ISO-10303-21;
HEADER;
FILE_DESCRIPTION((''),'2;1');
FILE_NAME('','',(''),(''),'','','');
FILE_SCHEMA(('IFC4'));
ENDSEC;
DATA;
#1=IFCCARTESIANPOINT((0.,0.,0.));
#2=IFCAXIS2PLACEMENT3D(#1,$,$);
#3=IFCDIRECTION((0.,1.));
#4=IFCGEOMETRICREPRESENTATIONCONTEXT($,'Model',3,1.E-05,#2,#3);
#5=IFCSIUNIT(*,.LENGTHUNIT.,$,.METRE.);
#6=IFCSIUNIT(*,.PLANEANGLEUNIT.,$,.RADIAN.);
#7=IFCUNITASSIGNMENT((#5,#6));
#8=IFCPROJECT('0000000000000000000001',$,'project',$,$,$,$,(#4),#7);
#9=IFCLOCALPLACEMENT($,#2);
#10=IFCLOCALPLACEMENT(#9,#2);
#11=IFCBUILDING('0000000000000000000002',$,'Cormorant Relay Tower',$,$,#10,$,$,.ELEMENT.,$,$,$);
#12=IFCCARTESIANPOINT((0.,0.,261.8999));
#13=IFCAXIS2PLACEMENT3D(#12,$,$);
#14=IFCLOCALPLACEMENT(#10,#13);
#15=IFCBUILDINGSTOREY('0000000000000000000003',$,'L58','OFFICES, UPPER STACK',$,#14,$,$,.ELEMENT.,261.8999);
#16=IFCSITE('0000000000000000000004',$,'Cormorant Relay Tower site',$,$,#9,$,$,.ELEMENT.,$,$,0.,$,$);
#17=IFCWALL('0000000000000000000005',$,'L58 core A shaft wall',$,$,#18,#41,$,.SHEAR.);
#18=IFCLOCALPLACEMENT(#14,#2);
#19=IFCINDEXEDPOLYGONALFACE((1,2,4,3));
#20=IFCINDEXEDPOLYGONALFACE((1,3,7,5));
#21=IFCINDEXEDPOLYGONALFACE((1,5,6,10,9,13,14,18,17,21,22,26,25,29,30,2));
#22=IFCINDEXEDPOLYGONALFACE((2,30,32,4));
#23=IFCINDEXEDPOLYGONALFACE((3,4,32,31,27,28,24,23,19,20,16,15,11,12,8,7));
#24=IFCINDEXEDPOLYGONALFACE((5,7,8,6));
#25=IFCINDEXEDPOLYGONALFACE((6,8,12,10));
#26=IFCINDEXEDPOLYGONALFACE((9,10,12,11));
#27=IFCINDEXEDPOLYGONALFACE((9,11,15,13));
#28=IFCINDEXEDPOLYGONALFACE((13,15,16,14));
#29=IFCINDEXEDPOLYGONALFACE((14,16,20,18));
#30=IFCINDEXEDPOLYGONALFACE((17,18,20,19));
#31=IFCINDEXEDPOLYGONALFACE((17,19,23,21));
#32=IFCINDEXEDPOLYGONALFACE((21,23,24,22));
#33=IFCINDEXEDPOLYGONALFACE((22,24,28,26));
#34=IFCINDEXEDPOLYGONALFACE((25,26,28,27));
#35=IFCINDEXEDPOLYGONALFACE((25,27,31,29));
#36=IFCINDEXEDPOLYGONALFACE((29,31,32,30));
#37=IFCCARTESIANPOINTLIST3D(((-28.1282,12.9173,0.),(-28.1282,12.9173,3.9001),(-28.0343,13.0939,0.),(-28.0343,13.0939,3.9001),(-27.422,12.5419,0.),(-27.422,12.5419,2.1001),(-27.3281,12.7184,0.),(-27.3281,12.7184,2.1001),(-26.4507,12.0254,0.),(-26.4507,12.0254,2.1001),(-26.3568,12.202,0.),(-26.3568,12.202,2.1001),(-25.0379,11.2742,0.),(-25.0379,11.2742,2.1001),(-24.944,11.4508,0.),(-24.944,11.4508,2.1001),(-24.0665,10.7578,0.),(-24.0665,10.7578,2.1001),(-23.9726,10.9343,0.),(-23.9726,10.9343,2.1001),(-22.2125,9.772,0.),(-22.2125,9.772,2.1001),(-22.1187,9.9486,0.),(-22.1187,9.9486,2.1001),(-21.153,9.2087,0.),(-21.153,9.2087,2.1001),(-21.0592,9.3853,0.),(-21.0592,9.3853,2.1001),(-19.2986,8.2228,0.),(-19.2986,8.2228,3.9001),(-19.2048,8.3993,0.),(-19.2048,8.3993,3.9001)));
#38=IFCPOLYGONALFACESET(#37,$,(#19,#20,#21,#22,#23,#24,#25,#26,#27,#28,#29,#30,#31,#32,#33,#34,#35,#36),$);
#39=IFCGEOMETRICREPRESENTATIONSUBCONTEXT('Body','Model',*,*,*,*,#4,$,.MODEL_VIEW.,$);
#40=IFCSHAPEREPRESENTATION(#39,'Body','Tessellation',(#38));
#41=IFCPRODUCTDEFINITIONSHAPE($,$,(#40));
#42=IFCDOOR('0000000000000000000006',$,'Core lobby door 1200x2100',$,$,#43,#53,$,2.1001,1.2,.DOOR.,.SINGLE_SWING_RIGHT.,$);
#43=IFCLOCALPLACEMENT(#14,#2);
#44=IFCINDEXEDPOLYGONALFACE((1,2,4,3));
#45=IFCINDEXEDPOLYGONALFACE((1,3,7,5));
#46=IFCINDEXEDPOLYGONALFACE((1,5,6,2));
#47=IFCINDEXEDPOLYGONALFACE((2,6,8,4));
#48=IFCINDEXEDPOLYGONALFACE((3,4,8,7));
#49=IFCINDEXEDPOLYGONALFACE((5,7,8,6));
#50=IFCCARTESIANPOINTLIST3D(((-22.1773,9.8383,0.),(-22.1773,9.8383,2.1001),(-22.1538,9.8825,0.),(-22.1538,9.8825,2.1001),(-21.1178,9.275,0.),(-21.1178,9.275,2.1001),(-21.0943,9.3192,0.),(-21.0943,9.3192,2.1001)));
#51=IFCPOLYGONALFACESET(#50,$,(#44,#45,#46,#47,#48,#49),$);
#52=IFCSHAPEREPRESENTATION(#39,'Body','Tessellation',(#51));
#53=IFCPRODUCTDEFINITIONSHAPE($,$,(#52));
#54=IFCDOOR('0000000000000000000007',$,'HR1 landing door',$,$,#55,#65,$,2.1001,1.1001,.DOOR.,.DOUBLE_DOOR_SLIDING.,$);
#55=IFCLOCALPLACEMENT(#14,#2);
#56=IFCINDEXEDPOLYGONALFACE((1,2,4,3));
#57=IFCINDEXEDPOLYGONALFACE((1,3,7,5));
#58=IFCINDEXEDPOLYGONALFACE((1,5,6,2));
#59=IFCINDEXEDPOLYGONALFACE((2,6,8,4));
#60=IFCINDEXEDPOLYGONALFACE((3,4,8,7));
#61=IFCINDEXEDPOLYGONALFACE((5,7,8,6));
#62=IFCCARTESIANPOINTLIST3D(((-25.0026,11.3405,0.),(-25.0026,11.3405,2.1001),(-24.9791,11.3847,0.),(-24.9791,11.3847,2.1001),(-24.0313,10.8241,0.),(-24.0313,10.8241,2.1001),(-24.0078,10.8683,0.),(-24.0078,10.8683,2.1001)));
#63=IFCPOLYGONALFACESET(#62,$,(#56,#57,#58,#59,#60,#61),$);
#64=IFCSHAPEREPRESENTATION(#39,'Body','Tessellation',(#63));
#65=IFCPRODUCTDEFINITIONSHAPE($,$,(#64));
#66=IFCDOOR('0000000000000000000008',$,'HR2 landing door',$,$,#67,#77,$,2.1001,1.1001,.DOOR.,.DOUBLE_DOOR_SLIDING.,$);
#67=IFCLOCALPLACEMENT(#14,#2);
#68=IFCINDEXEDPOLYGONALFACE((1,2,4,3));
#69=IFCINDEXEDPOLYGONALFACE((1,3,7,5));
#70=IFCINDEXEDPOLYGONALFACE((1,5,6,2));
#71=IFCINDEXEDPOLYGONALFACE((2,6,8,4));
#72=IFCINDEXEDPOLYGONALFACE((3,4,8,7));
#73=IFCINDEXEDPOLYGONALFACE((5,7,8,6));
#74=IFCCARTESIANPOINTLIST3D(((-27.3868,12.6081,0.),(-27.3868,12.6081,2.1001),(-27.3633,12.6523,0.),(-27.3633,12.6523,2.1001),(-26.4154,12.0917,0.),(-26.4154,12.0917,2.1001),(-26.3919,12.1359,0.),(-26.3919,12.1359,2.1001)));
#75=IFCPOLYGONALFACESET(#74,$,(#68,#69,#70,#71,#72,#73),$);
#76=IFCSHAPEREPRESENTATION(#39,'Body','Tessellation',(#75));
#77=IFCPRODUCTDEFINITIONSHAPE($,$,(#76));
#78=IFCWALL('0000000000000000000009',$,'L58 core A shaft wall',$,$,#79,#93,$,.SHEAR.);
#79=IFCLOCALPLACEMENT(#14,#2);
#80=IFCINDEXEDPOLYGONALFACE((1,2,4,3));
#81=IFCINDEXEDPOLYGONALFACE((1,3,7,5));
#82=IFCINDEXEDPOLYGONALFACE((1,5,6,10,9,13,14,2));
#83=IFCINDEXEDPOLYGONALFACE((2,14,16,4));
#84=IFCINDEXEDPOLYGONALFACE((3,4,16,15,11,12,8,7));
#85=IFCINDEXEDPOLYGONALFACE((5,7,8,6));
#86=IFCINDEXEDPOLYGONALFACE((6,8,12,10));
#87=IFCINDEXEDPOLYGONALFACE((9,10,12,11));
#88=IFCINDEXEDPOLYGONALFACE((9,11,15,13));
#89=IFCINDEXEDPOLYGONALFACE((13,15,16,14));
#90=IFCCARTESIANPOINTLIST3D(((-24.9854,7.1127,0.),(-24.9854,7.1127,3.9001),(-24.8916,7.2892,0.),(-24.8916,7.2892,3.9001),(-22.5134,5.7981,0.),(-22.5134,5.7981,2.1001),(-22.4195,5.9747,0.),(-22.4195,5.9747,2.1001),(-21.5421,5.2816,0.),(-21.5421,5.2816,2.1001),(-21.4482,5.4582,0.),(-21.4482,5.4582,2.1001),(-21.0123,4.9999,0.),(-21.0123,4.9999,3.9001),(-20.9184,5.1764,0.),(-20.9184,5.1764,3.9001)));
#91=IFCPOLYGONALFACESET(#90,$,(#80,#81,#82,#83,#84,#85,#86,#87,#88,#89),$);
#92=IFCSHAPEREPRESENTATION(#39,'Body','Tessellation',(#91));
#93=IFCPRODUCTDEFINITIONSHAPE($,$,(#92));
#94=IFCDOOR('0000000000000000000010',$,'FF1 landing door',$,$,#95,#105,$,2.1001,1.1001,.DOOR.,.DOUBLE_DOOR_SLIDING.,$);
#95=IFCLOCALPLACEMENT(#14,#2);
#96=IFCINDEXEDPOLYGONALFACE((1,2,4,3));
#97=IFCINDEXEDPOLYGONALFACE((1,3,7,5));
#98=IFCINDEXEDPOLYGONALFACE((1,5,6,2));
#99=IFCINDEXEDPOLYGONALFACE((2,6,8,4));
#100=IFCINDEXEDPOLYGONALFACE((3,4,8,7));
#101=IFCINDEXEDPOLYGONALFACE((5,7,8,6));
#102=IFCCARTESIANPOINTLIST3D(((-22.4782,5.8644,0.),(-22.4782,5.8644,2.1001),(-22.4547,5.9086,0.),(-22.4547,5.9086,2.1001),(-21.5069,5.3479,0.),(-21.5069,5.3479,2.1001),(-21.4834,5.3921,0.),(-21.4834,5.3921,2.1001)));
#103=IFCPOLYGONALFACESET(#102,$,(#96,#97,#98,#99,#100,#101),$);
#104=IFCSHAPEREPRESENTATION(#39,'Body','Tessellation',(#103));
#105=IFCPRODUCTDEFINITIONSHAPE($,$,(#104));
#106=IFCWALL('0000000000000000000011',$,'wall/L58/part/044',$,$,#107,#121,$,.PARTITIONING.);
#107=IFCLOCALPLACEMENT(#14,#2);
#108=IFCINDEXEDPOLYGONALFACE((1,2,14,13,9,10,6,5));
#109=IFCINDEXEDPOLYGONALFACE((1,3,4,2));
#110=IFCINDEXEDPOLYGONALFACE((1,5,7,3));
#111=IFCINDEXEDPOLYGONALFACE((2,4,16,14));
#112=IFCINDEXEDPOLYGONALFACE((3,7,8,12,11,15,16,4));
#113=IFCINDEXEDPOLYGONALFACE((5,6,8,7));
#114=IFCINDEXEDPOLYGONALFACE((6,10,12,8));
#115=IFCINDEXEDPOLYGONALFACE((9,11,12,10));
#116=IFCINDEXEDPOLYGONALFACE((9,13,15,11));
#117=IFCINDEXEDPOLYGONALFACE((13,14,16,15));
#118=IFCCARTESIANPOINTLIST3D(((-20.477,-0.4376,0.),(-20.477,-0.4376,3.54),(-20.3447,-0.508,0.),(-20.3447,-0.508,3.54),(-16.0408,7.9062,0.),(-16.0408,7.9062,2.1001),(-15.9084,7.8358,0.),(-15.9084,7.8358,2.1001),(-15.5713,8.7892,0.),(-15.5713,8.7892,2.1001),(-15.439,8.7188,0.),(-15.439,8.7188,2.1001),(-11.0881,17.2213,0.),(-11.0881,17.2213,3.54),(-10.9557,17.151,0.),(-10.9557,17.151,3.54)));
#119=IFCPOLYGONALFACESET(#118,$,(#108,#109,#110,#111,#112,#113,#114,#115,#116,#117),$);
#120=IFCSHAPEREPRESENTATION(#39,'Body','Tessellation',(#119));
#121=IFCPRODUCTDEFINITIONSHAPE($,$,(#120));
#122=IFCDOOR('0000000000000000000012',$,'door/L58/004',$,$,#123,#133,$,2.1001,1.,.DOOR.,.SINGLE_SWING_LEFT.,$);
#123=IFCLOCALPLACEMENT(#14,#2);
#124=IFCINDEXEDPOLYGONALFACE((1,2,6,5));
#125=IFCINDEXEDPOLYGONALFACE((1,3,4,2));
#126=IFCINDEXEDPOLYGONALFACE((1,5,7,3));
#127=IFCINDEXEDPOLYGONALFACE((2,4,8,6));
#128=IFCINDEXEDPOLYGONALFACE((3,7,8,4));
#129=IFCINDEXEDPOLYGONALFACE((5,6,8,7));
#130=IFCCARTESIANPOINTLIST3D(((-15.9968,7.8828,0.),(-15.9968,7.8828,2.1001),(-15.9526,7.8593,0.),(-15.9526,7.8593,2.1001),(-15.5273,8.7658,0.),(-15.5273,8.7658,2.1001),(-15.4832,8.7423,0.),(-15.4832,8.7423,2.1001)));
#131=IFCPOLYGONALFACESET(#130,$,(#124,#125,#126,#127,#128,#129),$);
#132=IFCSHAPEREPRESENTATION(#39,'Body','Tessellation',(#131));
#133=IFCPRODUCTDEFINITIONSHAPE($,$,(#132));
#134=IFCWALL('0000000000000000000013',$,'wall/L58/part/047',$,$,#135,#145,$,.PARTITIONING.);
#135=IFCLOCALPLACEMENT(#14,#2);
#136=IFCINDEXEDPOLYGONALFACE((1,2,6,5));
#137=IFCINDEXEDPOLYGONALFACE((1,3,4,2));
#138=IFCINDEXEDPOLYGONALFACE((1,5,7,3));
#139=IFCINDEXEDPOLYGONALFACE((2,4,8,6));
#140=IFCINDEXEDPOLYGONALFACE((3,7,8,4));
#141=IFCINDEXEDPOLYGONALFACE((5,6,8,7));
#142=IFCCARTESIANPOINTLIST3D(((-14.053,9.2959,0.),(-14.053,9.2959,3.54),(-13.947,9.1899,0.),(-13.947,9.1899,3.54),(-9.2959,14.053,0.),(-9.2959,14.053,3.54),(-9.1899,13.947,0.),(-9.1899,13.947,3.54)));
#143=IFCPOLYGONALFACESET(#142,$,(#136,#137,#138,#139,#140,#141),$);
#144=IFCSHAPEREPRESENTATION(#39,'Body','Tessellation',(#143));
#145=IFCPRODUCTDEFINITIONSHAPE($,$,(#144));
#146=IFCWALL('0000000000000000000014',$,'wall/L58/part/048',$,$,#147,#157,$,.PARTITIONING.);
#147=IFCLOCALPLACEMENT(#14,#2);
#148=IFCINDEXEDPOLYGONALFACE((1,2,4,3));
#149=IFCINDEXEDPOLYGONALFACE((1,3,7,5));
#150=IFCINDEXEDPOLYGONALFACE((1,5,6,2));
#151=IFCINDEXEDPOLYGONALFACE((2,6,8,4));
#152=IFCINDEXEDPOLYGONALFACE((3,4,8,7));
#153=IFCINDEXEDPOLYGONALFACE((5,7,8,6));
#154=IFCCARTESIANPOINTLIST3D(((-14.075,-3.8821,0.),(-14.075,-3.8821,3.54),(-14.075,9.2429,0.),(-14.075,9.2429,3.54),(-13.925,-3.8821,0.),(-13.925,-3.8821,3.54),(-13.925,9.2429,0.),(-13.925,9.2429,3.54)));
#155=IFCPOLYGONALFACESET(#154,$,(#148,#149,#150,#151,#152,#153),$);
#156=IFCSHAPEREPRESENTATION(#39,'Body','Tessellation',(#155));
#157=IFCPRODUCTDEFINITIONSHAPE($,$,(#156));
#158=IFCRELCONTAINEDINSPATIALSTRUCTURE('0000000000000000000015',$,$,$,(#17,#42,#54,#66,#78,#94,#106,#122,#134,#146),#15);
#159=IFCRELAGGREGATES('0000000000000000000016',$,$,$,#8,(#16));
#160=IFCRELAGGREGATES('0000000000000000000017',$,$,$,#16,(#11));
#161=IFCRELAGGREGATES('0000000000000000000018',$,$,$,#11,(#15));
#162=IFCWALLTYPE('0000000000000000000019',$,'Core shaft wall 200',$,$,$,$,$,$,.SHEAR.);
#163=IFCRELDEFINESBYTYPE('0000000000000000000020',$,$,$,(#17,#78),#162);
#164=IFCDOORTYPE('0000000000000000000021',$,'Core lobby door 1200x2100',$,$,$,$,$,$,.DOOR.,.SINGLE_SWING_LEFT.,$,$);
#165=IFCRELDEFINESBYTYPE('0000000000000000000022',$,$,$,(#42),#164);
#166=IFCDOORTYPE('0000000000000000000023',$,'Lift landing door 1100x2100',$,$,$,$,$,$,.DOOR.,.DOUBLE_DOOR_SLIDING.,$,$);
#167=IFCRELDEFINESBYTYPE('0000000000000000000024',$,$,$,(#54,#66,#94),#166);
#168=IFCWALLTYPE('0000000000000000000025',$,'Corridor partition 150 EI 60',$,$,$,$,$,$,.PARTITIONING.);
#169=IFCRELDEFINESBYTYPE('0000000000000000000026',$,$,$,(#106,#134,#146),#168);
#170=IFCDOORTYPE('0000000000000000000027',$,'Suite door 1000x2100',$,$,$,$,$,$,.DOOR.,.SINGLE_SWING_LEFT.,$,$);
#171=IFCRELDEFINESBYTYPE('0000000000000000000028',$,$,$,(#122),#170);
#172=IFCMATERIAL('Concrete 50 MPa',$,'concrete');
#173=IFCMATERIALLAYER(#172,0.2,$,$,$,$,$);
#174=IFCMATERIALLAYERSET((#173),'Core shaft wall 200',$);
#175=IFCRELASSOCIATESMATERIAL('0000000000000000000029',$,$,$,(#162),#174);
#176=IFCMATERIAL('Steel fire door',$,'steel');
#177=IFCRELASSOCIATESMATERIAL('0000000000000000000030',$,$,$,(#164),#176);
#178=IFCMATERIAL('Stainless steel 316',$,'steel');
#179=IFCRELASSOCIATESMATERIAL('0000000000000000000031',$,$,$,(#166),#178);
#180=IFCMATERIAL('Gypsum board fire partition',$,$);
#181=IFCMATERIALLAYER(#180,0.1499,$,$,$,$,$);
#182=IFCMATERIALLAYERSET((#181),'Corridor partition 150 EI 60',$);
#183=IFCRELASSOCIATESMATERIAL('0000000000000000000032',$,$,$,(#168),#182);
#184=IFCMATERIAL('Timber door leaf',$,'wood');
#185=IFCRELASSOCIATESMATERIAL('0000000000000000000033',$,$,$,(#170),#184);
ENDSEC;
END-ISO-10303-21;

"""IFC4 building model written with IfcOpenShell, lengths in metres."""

from ifc_helpers import new_model, si_unit, direction, frame, frame_2d, origin, place, context, subcontext, project, spatial, rectangle, extrude, material, layer, layer_set, type_object, element, fill, save


model = new_model("IFC4")

# Units and contexts
model_context = context("Model", 3, precision=1e-05, world=origin(), true_north=direction((0.0, 1.0)))
body_context = subcontext(model_context, "Body", "Model", "MODEL_VIEW")
ifc_project = project(units=[si_unit("LENGTHUNIT", "METRE"), si_unit("PLANEANGLEUNIT", "RADIAN")], contexts=[model_context])

# Site, building, storey
site_placement = place(None, origin())
site = spatial("IfcSite", under=ifc_project, at=site_placement, Name="Cormorant Relay Tower site", CompositionType="ELEMENT", RefElevation=0.0)
building_placement = place(site_placement, origin())
building = spatial("IfcBuilding", under=site, at=building_placement, Name="Cormorant Relay Tower", CompositionType="ELEMENT")
storey_placement = place(building_placement, frame((0.0, 0.0, 261.8999)))
storey = spatial("IfcBuildingStorey", under=building, at=storey_placement, Name="L58", Description="OFFICES, UPPER STACK", CompositionType="ELEMENT", Elevation=261.8999)

# Shared definitions
ifc_material_1 = material(Name="Concrete 50 MPa", Category="concrete")
ifc_layer_1 = layer(ifc_material_1, 0.2)
ifc_layer_set_1 = layer_set([ifc_layer_1], Name="Core shaft wall 200")
wall_type_1 = type_object("IfcWallType", Name="Core shaft wall 200", PredefinedType="SHEAR", material=ifc_layer_set_1)

# Wall, openings, doors
wall_1_placement = place(storey_placement, frame((-19.2517, 8.311, 0.0), z_axis=(0.0, 0.0, 1.0), x_axis=(-0.882956, 0.469456, 0.0)))
wall_1 = element("IfcWall", 1, at=wall_1_placement, inside=storey, type_object=wall_type_1, Name="L58 core A shaft wall", PredefinedType="SHEAR", context=body_context, shape_type="SweptSolid", body=[
    extrude(rectangle(XDim=10.0, YDim=0.2, at=frame_2d((5.0, 0.0))), origin(), (0.0, 0.0, 1.0), 3.9001),
])
opening_1_placement = place(wall_1_placement, frame((2.1001, 0.0, 0.0)))
opening_1 = element("IfcOpeningElement", 2, at=opening_1_placement, cuts=wall_1, PredefinedType="OPENING", context=body_context, shape_type="SweptSolid", body=[
    extrude(rectangle(XDim=1.2, YDim=2.1001, at=frame_2d((0.6001, 1.05))), frame((0.0, 0.1099, 0.0), z_axis=(0.0, -1.0, 0.0), x_axis=(1.0, 0.0, 0.0)), (0.0, 0.0, 1.0), 0.22),
])
opening_2_placement = place(wall_1_placement, frame((5.3999, 0.0, 0.0)))
opening_2 = element("IfcOpeningElement", 3, at=opening_2_placement, cuts=wall_1, PredefinedType="OPENING", context=body_context, shape_type="SweptSolid", body=[
    extrude(rectangle(XDim=1.1001, YDim=2.1001, at=frame_2d((0.55, 1.05))), frame((0.0, 0.1099, 0.0), z_axis=(0.0, -1.0, 0.0), x_axis=(1.0, 0.0, 0.0)), (0.0, 0.0, 1.0), 0.22),
])
opening_3_placement = place(wall_1_placement, frame((8.1001, 0.0, 0.0)))
opening_3 = element("IfcOpeningElement", 4, at=opening_3_placement, cuts=wall_1, PredefinedType="OPENING", context=body_context, shape_type="SweptSolid", body=[
    extrude(rectangle(XDim=1.1001, YDim=2.1001, at=frame_2d((0.55, 1.05))), frame((0.0, 0.1099, 0.0), z_axis=(0.0, -1.0, 0.0), x_axis=(1.0, 0.0, 0.0)), (0.0, 0.0, 1.0), 0.22),
])
ifc_material_2 = material(Name="Steel fire door", Category="steel")
door_type_1 = type_object("IfcDoorType", Name="Core lobby door 1200x2100", OperationType="SINGLE_SWING_LEFT", PredefinedType="DOOR", material=ifc_material_2)
door_1_placement = place(opening_1_placement, origin())
door_1 = element("IfcDoor", 5, at=door_1_placement, inside=storey, type_object=door_type_1, Name="Core lobby door 1200x2100", OperationType="SINGLE_SWING_RIGHT", OverallHeight=2.1001, OverallWidth=1.2, PredefinedType="DOOR", context=body_context, shape_type="SweptSolid", body=[
    extrude(rectangle(XDim=1.2, YDim=2.1001, at=frame_2d((0.6001, 1.05))), frame((0.0, 0.0249, 0.0), z_axis=(0.0, -1.0, 0.0), x_axis=(1.0, 0.0, 0.0)), (0.0, 0.0, 1.0), 0.05),
])
fill(opening_1, door_1)
ifc_material_3 = material(Name="Stainless steel 316", Category="steel")
door_type_2 = type_object("IfcDoorType", Name="Lift landing door 1100x2100", OperationType="DOUBLE_DOOR_SLIDING", PredefinedType="DOOR", material=ifc_material_3)
door_2_placement = place(opening_2_placement, origin())
door_2 = element("IfcDoor", 6, at=door_2_placement, inside=storey, type_object=door_type_2, Name="HR1 landing door", OperationType="DOUBLE_DOOR_SLIDING", OverallHeight=2.1001, OverallWidth=1.1001, PredefinedType="DOOR", context=body_context, shape_type="SweptSolid", body=[
    extrude(rectangle(XDim=1.1001, YDim=2.1001, at=frame_2d((0.55, 1.05))), frame((0.0, 0.0249, 0.0), z_axis=(0.0, -1.0, 0.0), x_axis=(1.0, 0.0, 0.0)), (0.0, 0.0, 1.0), 0.05),
])
fill(opening_2, door_2)
door_3_placement = place(opening_3_placement, origin())
door_3 = element("IfcDoor", 7, at=door_3_placement, inside=storey, type_object=door_type_2, Name="HR2 landing door", OperationType="DOUBLE_DOOR_SLIDING", OverallHeight=2.1001, OverallWidth=1.1001, PredefinedType="DOOR", context=body_context, shape_type="SweptSolid", body=[
    extrude(rectangle(XDim=1.1001, YDim=2.1001, at=frame_2d((0.55, 1.05))), frame((0.0, 0.0249, 0.0), z_axis=(0.0, -1.0, 0.0), x_axis=(1.0, 0.0, 0.0)), (0.0, 0.0, 1.0), 0.05),
])
fill(opening_3, door_3)

# Walls, openings, doors
wall_2_placement = place(storey_placement, frame((-20.9653, 5.0881, 0.0), z_axis=(0.0, 0.0, 1.0), x_axis=(-0.882926, 0.469512, 0.0)))
wall_2 = element("IfcWall", 8, at=wall_2_placement, inside=storey, type_object=wall_type_1, Name="L58 core A shaft wall", PredefinedType="SHEAR", context=body_context, shape_type="SweptSolid", body=[
    extrude(rectangle(XDim=4.5, YDim=0.2, at=frame_2d((2.25, 0.0))), origin(), (0.0, 0.0, 1.0), 3.9001),
])
opening_4_placement = place(wall_2_placement, frame((0.6001, 0.0, 0.0)))
opening_4 = element("IfcOpeningElement", 9, at=opening_4_placement, cuts=wall_2, PredefinedType="OPENING", context=body_context, shape_type="SweptSolid", body=[
    extrude(rectangle(XDim=1.1001, YDim=2.1001, at=frame_2d((0.55, 1.05))), frame((0.0, 0.1099, 0.0), z_axis=(0.0, -1.0, 0.0), x_axis=(1.0, 0.0, 0.0)), (0.0, 0.0, 1.0), 0.22),
])
door_4_placement = place(opening_4_placement, origin())
door_4 = element("IfcDoor", 10, at=door_4_placement, inside=storey, type_object=door_type_2, Name="FF1 landing door", OperationType="DOUBLE_DOOR_SLIDING", OverallHeight=2.1001, OverallWidth=1.1001, PredefinedType="DOOR", context=body_context, shape_type="SweptSolid", body=[
    extrude(rectangle(XDim=1.1001, YDim=2.1001, at=frame_2d((0.55, 1.05))), frame((0.0, 0.0249, 0.0), z_axis=(0.0, -1.0, 0.0), x_axis=(1.0, 0.0, 0.0)), (0.0, 0.0, 1.0), 0.05),
])
fill(opening_4, door_4)
ifc_material_4 = material(Name="Gypsum board fire partition")
ifc_layer_2 = layer(ifc_material_4, 0.1499)
ifc_layer_set_2 = layer_set([ifc_layer_2], Name="Corridor partition 150 EI 60")
wall_type_2 = type_object("IfcWallType", Name="Corridor partition 150 EI 60", PredefinedType="PARTITIONING", material=ifc_layer_set_2)
wall_3_placement = place(storey_placement, frame((-20.4109, -0.4729, 0.0), z_axis=(0.0, 0.0, 1.0), x_axis=(0.469452, 0.882958, 0.0)))
wall_3 = element("IfcWall", 11, at=wall_3_placement, inside=storey, type_object=wall_type_2, Name="wall/L58/part/044", PredefinedType="PARTITIONING", context=body_context, shape_type="SweptSolid", body=[
    extrude(rectangle(XDim=19.9998, YDim=0.1499, at=frame_2d((10.0, 0.0))), origin(), (0.0, 0.0, 1.0), 3.54),
])
opening_5_placement = place(wall_3_placement, frame((9.45, 0.0, 0.0)))
opening_5 = element("IfcOpeningElement", 12, at=opening_5_placement, cuts=wall_3, PredefinedType="OPENING", context=body_context, shape_type="SweptSolid", body=[
    extrude(rectangle(XDim=1.0, YDim=2.1001, at=frame_2d((0.5, 1.05))), frame((0.0, 0.085, 0.0), z_axis=(0.0, -1.0, 0.0), x_axis=(1.0, 0.0, 0.0)), (0.0, 0.0, 1.0), 0.1699),
])
ifc_material_5 = material(Name="Timber door leaf", Category="wood")
door_type_3 = type_object("IfcDoorType", Name="Suite door 1000x2100", OperationType="SINGLE_SWING_LEFT", PredefinedType="DOOR", material=ifc_material_5)
door_5_placement = place(opening_5_placement, frame((1.0, 0.0, 0.0), z_axis=(0.0, 0.0, 1.0), x_axis=(-1.0, 0.0, 0.0)))
door_5 = element("IfcDoor", 13, at=door_5_placement, inside=storey, type_object=door_type_3, Name="door/L58/004", OperationType="SINGLE_SWING_LEFT", OverallHeight=2.1001, OverallWidth=1.0, PredefinedType="DOOR", context=body_context, shape_type="SweptSolid", body=[
    extrude(rectangle(XDim=1.0, YDim=2.1001, at=frame_2d((0.5, 1.05))), frame((0.0, 0.0249, 0.0), z_axis=(0.0, -1.0, 0.0), x_axis=(1.0, 0.0, 0.0)), (0.0, 0.0, 1.0), 0.05),
])
fill(opening_5, door_5)

# Walls
wall_4_placement = place(storey_placement, frame((-9.2429, 14.0, 0.0), z_axis=(0.0, 0.0, 1.0), x_axis=(-0.707107, -0.707107, 0.0)))
element("IfcWall", 14, at=wall_4_placement, inside=storey, type_object=wall_type_2, Name="wall/L58/part/047", PredefinedType="PARTITIONING", context=body_context, shape_type="SweptSolid", body=[
    extrude(rectangle(XDim=6.7275, YDim=0.1499, at=frame_2d((3.3638, 0.0))), origin(), (0.0, 0.0, 1.0), 3.54),
])
wall_5_placement = place(storey_placement, frame((-14.0, 9.2429, 0.0), z_axis=(0.0, 0.0, 1.0), x_axis=(0.0, -1.0, 0.0)))
element("IfcWall", 15, at=wall_5_placement, inside=storey, type_object=wall_type_2, Name="wall/L58/part/048", PredefinedType="PARTITIONING", context=body_context, shape_type="SweptSolid", body=[
    extrude(rectangle(XDim=13.125, YDim=0.1499, at=frame_2d((6.5625, 0.0))), origin(), (0.0, 0.0, 1.0), 3.54),
])

save(model, "model.ifc")
